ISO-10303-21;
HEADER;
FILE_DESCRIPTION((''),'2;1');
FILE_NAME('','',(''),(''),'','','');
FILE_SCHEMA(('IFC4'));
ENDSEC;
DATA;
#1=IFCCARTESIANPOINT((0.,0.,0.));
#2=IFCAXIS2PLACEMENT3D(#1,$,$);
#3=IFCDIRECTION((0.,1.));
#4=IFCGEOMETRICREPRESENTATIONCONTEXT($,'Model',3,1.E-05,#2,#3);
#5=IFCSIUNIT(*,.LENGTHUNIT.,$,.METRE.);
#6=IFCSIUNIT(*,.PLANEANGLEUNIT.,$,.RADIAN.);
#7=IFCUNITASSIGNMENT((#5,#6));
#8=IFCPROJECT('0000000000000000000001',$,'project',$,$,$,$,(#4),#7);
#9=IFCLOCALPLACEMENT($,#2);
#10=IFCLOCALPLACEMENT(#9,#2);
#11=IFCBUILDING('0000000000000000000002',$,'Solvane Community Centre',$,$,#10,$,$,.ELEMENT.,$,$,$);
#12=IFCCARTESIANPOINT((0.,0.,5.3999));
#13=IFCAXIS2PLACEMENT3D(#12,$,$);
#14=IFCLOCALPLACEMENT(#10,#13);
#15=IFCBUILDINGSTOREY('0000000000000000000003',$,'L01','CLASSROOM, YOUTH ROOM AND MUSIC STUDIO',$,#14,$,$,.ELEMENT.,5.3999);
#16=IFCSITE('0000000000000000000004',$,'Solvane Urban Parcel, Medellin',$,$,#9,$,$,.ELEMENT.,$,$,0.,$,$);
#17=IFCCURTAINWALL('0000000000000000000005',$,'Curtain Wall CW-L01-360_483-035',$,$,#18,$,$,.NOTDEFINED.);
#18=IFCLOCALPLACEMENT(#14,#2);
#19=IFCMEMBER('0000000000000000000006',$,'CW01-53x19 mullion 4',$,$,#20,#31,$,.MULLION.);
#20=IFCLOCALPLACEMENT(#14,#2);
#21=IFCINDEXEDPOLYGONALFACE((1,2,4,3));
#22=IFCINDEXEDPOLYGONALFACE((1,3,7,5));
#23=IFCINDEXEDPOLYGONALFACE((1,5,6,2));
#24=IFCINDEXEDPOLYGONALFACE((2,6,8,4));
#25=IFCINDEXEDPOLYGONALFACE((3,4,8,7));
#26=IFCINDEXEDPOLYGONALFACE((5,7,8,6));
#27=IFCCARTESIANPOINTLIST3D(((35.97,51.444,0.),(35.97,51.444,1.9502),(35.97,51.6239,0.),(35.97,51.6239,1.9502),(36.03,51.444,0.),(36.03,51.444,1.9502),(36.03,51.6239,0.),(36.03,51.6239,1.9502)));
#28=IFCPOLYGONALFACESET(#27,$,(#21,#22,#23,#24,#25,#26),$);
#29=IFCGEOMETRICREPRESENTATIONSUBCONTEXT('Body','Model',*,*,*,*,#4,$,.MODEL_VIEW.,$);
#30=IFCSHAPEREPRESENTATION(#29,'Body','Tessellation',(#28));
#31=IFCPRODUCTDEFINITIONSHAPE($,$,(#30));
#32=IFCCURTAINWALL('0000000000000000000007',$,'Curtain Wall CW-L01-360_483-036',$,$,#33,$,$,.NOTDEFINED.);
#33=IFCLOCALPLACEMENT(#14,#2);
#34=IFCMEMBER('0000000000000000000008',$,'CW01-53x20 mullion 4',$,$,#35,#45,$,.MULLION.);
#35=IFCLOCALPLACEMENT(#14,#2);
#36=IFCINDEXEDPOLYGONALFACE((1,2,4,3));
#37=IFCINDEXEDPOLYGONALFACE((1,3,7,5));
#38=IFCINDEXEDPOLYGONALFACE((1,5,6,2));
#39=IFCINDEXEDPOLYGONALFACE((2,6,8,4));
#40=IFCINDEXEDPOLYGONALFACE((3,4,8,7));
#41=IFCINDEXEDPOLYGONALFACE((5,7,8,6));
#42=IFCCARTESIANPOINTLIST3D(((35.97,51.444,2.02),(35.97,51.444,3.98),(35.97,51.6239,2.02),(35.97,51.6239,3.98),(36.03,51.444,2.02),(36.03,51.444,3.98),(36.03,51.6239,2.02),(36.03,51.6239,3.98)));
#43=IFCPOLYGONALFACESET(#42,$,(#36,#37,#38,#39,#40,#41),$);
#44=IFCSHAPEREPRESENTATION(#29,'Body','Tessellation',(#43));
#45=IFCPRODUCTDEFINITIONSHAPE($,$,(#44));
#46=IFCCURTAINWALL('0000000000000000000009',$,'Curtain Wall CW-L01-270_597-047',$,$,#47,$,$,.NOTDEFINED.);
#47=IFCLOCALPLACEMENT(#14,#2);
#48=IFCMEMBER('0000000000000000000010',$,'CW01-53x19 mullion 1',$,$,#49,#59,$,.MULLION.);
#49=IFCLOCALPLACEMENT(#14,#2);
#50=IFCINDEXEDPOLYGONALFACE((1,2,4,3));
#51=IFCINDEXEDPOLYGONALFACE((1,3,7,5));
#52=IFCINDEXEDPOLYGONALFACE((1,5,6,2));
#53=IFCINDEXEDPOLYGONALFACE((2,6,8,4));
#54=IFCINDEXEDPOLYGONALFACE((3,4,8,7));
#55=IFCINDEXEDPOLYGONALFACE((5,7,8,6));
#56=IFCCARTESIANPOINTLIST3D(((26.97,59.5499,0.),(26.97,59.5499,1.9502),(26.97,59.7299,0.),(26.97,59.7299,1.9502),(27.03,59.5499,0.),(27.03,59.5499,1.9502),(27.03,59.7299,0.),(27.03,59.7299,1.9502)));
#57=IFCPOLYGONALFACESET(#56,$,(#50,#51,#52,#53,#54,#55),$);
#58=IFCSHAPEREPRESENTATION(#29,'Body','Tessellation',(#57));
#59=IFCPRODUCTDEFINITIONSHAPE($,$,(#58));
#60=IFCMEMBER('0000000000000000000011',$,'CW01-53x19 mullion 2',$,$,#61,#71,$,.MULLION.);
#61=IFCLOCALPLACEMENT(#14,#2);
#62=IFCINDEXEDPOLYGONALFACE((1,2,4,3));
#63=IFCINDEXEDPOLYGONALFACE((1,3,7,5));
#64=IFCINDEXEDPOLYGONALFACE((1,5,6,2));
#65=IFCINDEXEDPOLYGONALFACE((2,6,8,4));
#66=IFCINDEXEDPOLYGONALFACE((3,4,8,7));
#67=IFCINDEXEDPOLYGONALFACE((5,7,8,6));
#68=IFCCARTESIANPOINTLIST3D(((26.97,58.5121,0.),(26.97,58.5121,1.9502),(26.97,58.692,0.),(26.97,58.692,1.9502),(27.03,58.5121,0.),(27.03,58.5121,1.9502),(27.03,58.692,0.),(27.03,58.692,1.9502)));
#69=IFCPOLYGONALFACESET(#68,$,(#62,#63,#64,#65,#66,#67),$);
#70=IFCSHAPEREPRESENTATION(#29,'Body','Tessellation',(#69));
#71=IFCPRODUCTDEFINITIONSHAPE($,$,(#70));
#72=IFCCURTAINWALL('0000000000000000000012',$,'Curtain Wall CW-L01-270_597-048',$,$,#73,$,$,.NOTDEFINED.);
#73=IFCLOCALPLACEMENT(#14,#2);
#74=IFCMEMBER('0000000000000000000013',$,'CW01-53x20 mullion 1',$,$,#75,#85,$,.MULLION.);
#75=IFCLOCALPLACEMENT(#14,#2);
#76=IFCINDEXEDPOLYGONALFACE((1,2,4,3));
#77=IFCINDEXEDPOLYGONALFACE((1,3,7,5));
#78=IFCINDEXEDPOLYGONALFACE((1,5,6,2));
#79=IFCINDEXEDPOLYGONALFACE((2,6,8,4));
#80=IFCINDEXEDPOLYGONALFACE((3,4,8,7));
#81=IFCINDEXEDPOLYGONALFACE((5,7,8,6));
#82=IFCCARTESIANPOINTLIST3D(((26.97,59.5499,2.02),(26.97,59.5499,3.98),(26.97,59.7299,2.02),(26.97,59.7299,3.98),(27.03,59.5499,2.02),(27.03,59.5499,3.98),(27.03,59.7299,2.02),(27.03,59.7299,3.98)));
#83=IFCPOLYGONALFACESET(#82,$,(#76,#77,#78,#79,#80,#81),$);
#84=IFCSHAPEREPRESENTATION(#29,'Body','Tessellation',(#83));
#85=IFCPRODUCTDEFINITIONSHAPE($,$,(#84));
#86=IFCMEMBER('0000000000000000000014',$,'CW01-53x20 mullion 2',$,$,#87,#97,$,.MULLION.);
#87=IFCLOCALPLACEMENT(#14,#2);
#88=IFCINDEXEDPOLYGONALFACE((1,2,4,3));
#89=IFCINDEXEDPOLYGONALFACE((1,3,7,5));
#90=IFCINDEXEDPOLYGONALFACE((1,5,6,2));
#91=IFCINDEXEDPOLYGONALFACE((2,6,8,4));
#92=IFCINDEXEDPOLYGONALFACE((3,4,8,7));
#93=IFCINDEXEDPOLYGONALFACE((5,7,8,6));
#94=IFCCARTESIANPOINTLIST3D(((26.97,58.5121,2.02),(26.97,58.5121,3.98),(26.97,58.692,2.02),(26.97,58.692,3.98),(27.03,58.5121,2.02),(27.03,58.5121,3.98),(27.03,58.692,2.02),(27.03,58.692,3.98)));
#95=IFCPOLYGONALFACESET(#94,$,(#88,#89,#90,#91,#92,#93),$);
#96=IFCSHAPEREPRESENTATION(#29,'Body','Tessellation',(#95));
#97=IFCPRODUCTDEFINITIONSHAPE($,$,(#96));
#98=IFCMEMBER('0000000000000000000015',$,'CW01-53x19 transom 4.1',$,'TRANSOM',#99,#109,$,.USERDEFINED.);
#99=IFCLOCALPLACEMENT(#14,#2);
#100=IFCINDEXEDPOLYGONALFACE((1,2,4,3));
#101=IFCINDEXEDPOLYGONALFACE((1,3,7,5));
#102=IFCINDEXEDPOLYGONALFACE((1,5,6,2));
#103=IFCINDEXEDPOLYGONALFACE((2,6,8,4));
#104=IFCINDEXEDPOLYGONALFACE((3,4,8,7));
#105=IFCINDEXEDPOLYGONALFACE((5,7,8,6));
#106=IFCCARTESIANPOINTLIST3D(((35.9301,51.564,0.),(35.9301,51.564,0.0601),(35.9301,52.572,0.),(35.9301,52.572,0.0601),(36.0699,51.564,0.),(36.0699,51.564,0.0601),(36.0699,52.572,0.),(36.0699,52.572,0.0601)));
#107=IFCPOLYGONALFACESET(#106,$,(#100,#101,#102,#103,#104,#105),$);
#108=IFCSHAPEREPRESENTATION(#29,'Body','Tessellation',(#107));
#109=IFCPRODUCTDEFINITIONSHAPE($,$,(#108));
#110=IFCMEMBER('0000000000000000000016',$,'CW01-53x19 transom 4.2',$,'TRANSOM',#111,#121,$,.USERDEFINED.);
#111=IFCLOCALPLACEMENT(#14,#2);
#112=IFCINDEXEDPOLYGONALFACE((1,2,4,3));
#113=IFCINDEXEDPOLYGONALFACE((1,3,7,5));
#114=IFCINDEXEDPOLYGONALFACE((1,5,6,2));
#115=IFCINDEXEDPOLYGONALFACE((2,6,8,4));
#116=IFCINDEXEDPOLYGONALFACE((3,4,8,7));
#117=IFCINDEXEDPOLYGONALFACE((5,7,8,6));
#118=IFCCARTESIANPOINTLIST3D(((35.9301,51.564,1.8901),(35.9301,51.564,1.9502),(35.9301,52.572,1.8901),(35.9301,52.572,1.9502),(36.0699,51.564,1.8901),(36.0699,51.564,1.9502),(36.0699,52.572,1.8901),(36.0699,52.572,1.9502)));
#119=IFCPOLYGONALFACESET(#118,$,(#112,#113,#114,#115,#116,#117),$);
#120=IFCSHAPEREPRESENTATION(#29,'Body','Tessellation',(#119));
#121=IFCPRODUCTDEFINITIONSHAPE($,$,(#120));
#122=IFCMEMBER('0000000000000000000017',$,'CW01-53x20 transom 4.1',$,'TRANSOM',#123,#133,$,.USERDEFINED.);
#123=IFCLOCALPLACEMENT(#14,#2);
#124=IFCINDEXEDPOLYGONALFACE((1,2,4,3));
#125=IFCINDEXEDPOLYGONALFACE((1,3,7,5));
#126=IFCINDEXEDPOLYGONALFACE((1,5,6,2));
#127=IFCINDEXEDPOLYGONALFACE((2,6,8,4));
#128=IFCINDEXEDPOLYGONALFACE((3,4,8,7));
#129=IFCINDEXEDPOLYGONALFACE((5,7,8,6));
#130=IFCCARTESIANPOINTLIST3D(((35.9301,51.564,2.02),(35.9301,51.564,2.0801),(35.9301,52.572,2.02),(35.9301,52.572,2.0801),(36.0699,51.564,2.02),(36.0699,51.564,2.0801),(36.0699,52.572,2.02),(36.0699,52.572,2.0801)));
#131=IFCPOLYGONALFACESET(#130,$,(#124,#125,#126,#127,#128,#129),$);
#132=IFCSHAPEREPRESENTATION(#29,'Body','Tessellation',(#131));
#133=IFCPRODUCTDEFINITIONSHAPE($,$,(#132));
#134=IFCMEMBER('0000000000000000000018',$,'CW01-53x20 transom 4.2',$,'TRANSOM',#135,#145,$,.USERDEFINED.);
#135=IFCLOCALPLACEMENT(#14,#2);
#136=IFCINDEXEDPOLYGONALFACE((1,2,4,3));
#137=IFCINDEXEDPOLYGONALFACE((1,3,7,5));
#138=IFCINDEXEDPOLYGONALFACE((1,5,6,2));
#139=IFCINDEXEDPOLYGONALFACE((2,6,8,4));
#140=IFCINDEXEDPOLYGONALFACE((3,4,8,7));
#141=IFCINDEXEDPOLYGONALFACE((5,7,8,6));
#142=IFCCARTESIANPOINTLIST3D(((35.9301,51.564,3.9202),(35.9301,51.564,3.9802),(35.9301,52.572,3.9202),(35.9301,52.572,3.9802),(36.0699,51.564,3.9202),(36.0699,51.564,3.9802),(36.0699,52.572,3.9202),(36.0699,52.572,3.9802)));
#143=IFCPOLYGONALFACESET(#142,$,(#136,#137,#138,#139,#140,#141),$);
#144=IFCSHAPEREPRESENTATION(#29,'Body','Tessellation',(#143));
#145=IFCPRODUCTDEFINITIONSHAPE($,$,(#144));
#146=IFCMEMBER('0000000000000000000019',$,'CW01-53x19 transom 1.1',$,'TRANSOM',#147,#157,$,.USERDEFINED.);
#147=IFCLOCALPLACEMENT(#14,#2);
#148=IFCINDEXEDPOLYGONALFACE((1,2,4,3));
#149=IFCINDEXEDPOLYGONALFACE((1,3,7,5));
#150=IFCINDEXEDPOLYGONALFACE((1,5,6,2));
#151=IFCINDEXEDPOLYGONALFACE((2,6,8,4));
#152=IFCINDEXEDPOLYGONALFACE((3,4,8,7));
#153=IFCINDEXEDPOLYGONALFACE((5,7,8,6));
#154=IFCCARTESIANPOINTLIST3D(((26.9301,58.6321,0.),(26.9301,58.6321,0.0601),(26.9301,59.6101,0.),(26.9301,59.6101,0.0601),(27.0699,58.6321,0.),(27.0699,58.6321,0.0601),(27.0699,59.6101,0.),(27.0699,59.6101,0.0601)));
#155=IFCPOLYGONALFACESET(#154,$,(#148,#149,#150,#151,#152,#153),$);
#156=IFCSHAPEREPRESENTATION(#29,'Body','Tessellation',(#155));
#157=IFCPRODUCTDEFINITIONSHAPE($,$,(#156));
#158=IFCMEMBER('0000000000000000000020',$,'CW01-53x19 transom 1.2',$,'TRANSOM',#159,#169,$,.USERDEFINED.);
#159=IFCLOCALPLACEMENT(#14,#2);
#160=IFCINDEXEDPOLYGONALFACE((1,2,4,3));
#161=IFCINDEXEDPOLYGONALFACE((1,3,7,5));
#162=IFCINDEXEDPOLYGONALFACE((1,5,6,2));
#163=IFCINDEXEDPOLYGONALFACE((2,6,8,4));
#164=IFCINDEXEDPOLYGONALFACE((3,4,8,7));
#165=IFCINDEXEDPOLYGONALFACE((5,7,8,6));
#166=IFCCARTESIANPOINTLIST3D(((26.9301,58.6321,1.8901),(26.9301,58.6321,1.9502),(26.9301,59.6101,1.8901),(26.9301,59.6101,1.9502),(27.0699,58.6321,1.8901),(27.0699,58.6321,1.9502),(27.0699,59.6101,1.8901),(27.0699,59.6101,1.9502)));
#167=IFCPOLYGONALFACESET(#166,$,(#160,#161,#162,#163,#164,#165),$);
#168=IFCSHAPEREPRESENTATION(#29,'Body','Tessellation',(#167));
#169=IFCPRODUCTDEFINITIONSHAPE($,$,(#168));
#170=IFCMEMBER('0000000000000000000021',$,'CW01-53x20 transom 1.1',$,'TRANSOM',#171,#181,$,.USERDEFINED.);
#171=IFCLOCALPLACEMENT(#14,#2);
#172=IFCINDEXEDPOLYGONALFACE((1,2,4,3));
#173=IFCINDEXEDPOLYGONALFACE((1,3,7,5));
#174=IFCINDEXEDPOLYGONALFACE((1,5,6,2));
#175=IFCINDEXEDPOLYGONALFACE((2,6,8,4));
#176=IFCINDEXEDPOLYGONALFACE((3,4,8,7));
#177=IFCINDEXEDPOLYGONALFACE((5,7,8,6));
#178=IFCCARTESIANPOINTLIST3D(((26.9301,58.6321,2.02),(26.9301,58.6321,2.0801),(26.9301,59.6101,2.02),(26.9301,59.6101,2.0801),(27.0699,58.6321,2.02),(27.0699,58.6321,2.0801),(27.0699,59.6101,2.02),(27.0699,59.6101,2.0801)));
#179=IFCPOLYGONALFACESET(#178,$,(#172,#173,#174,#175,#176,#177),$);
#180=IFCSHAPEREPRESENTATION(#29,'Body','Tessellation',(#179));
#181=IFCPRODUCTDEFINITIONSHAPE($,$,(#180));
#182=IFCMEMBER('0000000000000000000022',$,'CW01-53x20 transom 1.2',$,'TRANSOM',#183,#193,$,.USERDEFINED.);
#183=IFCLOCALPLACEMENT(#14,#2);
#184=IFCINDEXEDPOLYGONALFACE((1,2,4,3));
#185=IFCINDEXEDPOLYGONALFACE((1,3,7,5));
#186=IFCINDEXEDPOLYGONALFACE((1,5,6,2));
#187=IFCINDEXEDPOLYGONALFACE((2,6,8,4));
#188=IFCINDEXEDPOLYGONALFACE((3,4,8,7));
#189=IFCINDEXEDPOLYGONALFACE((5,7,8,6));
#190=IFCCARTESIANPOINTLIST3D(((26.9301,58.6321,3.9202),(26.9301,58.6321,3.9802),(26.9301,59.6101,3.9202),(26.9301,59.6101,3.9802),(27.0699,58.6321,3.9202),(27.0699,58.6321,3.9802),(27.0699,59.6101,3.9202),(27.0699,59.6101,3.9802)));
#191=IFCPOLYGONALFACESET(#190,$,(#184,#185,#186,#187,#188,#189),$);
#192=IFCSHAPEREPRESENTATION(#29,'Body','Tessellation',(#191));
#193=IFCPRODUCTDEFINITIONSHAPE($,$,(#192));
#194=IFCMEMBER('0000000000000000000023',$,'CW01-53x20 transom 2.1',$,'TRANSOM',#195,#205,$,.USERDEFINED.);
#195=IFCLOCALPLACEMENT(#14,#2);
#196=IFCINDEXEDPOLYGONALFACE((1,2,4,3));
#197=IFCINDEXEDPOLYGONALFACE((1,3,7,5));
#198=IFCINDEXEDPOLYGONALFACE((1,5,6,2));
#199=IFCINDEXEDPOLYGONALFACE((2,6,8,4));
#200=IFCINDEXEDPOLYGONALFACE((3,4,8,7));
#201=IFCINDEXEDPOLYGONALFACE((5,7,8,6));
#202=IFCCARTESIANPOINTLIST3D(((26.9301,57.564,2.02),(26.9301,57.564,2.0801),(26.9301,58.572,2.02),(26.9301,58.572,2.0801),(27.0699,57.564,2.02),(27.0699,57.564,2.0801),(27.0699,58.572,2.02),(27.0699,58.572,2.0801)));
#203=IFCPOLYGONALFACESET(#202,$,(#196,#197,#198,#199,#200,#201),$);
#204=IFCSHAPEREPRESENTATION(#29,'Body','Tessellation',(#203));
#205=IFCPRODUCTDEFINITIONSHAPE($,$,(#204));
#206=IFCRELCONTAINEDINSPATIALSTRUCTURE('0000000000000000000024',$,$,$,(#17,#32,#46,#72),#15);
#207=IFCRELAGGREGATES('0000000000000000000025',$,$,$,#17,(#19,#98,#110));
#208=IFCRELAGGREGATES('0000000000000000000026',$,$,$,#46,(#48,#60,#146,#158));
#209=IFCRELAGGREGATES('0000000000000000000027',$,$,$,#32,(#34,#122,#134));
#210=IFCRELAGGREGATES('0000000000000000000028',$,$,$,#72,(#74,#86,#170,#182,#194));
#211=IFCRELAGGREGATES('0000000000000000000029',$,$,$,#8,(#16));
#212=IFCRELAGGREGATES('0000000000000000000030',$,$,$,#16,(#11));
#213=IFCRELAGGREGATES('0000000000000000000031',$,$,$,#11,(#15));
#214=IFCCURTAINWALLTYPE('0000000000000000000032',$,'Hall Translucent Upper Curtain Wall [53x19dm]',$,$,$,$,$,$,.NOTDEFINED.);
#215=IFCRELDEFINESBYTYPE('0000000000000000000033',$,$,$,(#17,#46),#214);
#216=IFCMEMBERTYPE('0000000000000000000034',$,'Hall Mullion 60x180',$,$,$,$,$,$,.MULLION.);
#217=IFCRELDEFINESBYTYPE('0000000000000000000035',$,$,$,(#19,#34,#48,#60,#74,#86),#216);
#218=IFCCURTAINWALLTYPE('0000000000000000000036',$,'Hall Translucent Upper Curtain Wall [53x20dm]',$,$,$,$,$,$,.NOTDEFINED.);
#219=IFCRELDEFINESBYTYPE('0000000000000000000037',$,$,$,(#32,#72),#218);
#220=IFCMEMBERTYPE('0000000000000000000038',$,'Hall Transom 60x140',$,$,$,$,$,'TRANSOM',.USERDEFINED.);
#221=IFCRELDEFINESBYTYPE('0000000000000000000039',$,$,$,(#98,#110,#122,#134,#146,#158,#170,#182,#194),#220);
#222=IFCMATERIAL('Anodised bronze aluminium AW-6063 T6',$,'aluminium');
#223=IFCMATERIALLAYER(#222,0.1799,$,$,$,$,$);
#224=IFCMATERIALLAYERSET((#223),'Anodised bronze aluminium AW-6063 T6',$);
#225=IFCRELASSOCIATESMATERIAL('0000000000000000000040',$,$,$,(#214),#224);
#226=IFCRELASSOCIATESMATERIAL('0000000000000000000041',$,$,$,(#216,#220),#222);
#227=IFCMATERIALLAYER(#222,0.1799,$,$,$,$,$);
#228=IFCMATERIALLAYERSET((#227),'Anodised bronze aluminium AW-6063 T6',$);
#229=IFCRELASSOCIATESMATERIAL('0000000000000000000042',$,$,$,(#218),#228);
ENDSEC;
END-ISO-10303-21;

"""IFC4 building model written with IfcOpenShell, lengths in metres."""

from ifc_helpers import new_model, si_unit, direction, frame, origin, origin_2d, place, context, subcontext, project, spatial, rectangle, extrude, material, layer, layer_set, material_profile, profile_set, type_object, element, aggregate, save


model = new_model("IFC4")

# Units and contexts
model_context = context("Model", 3, precision=1e-05, world=origin(), true_north=direction((0.0, 1.0)))
body_context = subcontext(model_context, "Body", "Model", "MODEL_VIEW")
ifc_project = project(units=[si_unit("LENGTHUNIT", "METRE"), si_unit("PLANEANGLEUNIT", "RADIAN")], contexts=[model_context])

# Site, building, storey
site_placement = place(None, origin())
site = spatial("IfcSite", under=ifc_project, at=site_placement, Name="Solvane Urban Parcel, Medellin", CompositionType="ELEMENT", RefElevation=0.0)
building_placement = place(site_placement, origin())
building = spatial("IfcBuilding", under=site, at=building_placement, Name="Solvane Community Centre", CompositionType="ELEMENT")
storey_placement = place(building_placement, frame((0.0, 0.0, 5.3999)))
storey = spatial("IfcBuildingStorey", under=building, at=storey_placement, Name="L01", Description="CLASSROOM, YOUTH ROOM AND MUSIC STUDIO", CompositionType="ELEMENT", Elevation=5.3999)

# Curtain walls, members
ifc_material_1 = material(Name="Anodised bronze aluminium AW-6063 T6", Category="aluminium")
ifc_layer_1 = layer(ifc_material_1, 0.1799)
ifc_layer_set_1 = layer_set([ifc_layer_1], Name="Anodised bronze aluminium AW-6063 T6")
curtain_wall_type_1 = type_object("IfcCurtainWallType", Name="Hall Translucent Upper Curtain Wall [53x19dm]", PredefinedType="NOTDEFINED", material=ifc_layer_set_1)
curtain_wall_1_placement = place(storey_placement, origin())
curtain_wall_1 = element("IfcCurtainWall", 1, at=curtain_wall_1_placement, inside=storey, type_object=curtain_wall_type_1, Name="Curtain Wall CW-L01-360_483-035", PredefinedType="NOTDEFINED")
ifc_material_profile_1 = material_profile(ifc_material_1, rectangle(XDim=0.0601, YDim=0.1799, at=origin_2d()), Name="CW-M 60x180")
ifc_profile_set_1 = profile_set([ifc_material_profile_1], Name="Anodised bronze aluminium AW-6063 T6")
member_type_1 = type_object("IfcMemberType", Name="Hall Mullion 60x180", PredefinedType="MULLION", material=ifc_profile_set_1)
member_1_placement = place(storey_placement, frame((36.0, 51.5339, 0.0), z_axis=(0.0, 0.0, 1.0), x_axis=(-1.0, 0.0, 0.0)))
member_1 = element("IfcMember", 2, at=member_1_placement, type_object=member_type_1, Name="CW01-53x19 mullion 4", PredefinedType="MULLION", context=body_context, shape_type="SweptSolid", body=[
    extrude(rectangle(XDim=0.0601, YDim=0.1799, at=origin_2d()), origin(), (0.0, 0.0, 1.0), 1.9502),
])
ifc_layer_2 = layer(ifc_material_1, 0.1799)
ifc_layer_set_2 = layer_set([ifc_layer_2], Name="Anodised bronze aluminium AW-6063 T6")
curtain_wall_type_2 = type_object("IfcCurtainWallType", Name="Hall Translucent Upper Curtain Wall [53x20dm]", PredefinedType="NOTDEFINED", material=ifc_layer_set_2)
curtain_wall_2_placement = place(storey_placement, origin())
curtain_wall_2 = element("IfcCurtainWall", 3, at=curtain_wall_2_placement, inside=storey, type_object=curtain_wall_type_2, Name="Curtain Wall CW-L01-360_483-036", PredefinedType="NOTDEFINED")
member_2_placement = place(storey_placement, frame((36.0, 51.5339, 2.02), z_axis=(0.0, 0.0, 1.0), x_axis=(-1.0, 0.0, 0.0)))
member_2 = element("IfcMember", 4, at=member_2_placement, type_object=member_type_1, Name="CW01-53x20 mullion 4", PredefinedType="MULLION", context=body_context, shape_type="SweptSolid", body=[
    extrude(rectangle(XDim=0.0601, YDim=0.1799, at=origin_2d()), origin(), (0.0, 0.0, 1.0), 1.96),
])

# Curtain walls, members
curtain_wall_3_placement = place(storey_placement, origin())
curtain_wall_3 = element("IfcCurtainWall", 5, at=curtain_wall_3_placement, inside=storey, type_object=curtain_wall_type_1, Name="Curtain Wall CW-L01-270_597-047", PredefinedType="NOTDEFINED")
member_3_placement = place(storey_placement, frame((27.0, 59.6399, 0.0), z_axis=(0.0, 0.0, 1.0), x_axis=(1.0, 0.0, 0.0)))
member_3 = element("IfcMember", 6, at=member_3_placement, type_object=member_type_1, Name="CW01-53x19 mullion 1", PredefinedType="MULLION", context=body_context, shape_type="SweptSolid", body=[
    extrude(rectangle(XDim=0.0601, YDim=0.1799, at=origin_2d()), origin(), (0.0, 0.0, 1.0), 1.9502),
])
member_4_placement = place(storey_placement, frame((27.0, 58.6021, 0.0), z_axis=(0.0, 0.0, 1.0), x_axis=(1.0, 0.0, 0.0)))
member_4 = element("IfcMember", 7, at=member_4_placement, type_object=member_type_1, Name="CW01-53x19 mullion 2", PredefinedType="MULLION", context=body_context, shape_type="SweptSolid", body=[
    extrude(rectangle(XDim=0.0601, YDim=0.1799, at=origin_2d()), origin(), (0.0, 0.0, 1.0), 1.9502),
])
curtain_wall_4_placement = place(storey_placement, origin())
curtain_wall_4 = element("IfcCurtainWall", 8, at=curtain_wall_4_placement, inside=storey, type_object=curtain_wall_type_2, Name="Curtain Wall CW-L01-270_597-048", PredefinedType="NOTDEFINED")
member_5_placement = place(storey_placement, frame((27.0, 59.6399, 2.02), z_axis=(0.0, 0.0, 1.0), x_axis=(1.0, 0.0, 0.0)))
member_5 = element("IfcMember", 9, at=member_5_placement, type_object=member_type_1, Name="CW01-53x20 mullion 1", PredefinedType="MULLION", context=body_context, shape_type="SweptSolid", body=[
    extrude(rectangle(XDim=0.0601, YDim=0.1799, at=origin_2d()), origin(), (0.0, 0.0, 1.0), 1.96),
])
member_6_placement = place(storey_placement, frame((27.0, 58.6021, 2.02), z_axis=(0.0, 0.0, 1.0), x_axis=(1.0, 0.0, 0.0)))
member_6 = element("IfcMember", 10, at=member_6_placement, type_object=member_type_1, Name="CW01-53x20 mullion 2", PredefinedType="MULLION", context=body_context, shape_type="SweptSolid", body=[
    extrude(rectangle(XDim=0.0601, YDim=0.1799, at=origin_2d()), origin(), (0.0, 0.0, 1.0), 1.96),
])

# Members
ifc_material_profile_2 = material_profile(ifc_material_1, rectangle(XDim=0.1399, YDim=0.0601, at=origin_2d()), Name="CW-T 60x140")
ifc_profile_set_2 = profile_set([ifc_material_profile_2], Name="Anodised bronze aluminium AW-6063 T6")
member_type_2 = type_object("IfcMemberType", Name="Hall Transom 60x140", ElementType="TRANSOM", PredefinedType="USERDEFINED", material=ifc_profile_set_2)
member_7_placement = place(storey_placement, frame((36.0, 51.564, 0.03), z_axis=(0.0, 1.0, 0.0), x_axis=(-1.0, 0.0, 0.0)))
member_7 = element("IfcMember", 11, at=member_7_placement, type_object=member_type_2, Name="CW01-53x19 transom 4.1", ObjectType="TRANSOM", PredefinedType="USERDEFINED", context=body_context, shape_type="SweptSolid", body=[
    extrude(rectangle(XDim=0.1399, YDim=0.0601, at=origin_2d()), origin(), (0.0, 0.0, 1.0), 1.0081),
])
member_8_placement = place(storey_placement, frame((36.0, 51.564, 1.9202), z_axis=(0.0, 1.0, 0.0), x_axis=(-1.0, 0.0, 0.0)))
member_8 = element("IfcMember", 12, at=member_8_placement, type_object=member_type_2, Name="CW01-53x19 transom 4.2", ObjectType="TRANSOM", PredefinedType="USERDEFINED", context=body_context, shape_type="SweptSolid", body=[
    extrude(rectangle(XDim=0.1399, YDim=0.0601, at=origin_2d()), origin(), (0.0, 0.0, 1.0), 1.0081),
])
member_9_placement = place(storey_placement, frame((36.0, 51.564, 2.05), z_axis=(0.0, 1.0, 0.0), x_axis=(-1.0, 0.0, 0.0)))
member_9 = element("IfcMember", 13, at=member_9_placement, type_object=member_type_2, Name="CW01-53x20 transom 4.1", ObjectType="TRANSOM", PredefinedType="USERDEFINED", context=body_context, shape_type="SweptSolid", body=[
    extrude(rectangle(XDim=0.1399, YDim=0.0601, at=origin_2d()), origin(), (0.0, 0.0, 1.0), 1.0081),
])
member_10_placement = place(storey_placement, frame((36.0, 51.564, 3.9502), z_axis=(0.0, 1.0, 0.0), x_axis=(-1.0, 0.0, 0.0)))
member_10 = element("IfcMember", 14, at=member_10_placement, type_object=member_type_2, Name="CW01-53x20 transom 4.2", ObjectType="TRANSOM", PredefinedType="USERDEFINED", context=body_context, shape_type="SweptSolid", body=[
    extrude(rectangle(XDim=0.1399, YDim=0.0601, at=origin_2d()), origin(), (0.0, 0.0, 1.0), 1.0081),
])
member_11_placement = place(storey_placement, frame((27.0, 59.6101, 0.03), z_axis=(0.0, -1.0, 0.0), x_axis=(1.0, 0.0, 0.0)))
member_11 = element("IfcMember", 15, at=member_11_placement, type_object=member_type_2, Name="CW01-53x19 transom 1.1", ObjectType="TRANSOM", PredefinedType="USERDEFINED", context=body_context, shape_type="SweptSolid", body=[
    extrude(rectangle(XDim=0.1399, YDim=0.0601, at=origin_2d()), origin(), (0.0, 0.0, 1.0), 0.978),
])
member_12_placement = place(storey_placement, frame((27.0, 59.6101, 1.9202), z_axis=(0.0, -1.0, 0.0), x_axis=(1.0, 0.0, 0.0)))
member_12 = element("IfcMember", 16, at=member_12_placement, type_object=member_type_2, Name="CW01-53x19 transom 1.2", ObjectType="TRANSOM", PredefinedType="USERDEFINED", context=body_context, shape_type="SweptSolid", body=[
    extrude(rectangle(XDim=0.1399, YDim=0.0601, at=origin_2d()), origin(), (0.0, 0.0, 1.0), 0.978),
])
member_13_placement = place(storey_placement, frame((27.0, 59.6101, 2.05), z_axis=(0.0, -1.0, 0.0), x_axis=(1.0, 0.0, 0.0)))
member_13 = element("IfcMember", 17, at=member_13_placement, type_object=member_type_2, Name="CW01-53x20 transom 1.1", ObjectType="TRANSOM", PredefinedType="USERDEFINED", context=body_context, shape_type="SweptSolid", body=[
    extrude(rectangle(XDim=0.1399, YDim=0.0601, at=origin_2d()), origin(), (0.0, 0.0, 1.0), 0.978),
])
member_14_placement = place(storey_placement, frame((27.0, 59.6101, 3.9502), z_axis=(0.0, -1.0, 0.0), x_axis=(1.0, 0.0, 0.0)))
member_14 = element("IfcMember", 18, at=member_14_placement, type_object=member_type_2, Name="CW01-53x20 transom 1.2", ObjectType="TRANSOM", PredefinedType="USERDEFINED", context=body_context, shape_type="SweptSolid", body=[
    extrude(rectangle(XDim=0.1399, YDim=0.0601, at=origin_2d()), origin(), (0.0, 0.0, 1.0), 0.978),
])
member_15_placement = place(storey_placement, frame((27.0, 58.572, 2.05), z_axis=(0.0, -1.0, 0.0), x_axis=(1.0, 0.0, 0.0)))
member_15 = element("IfcMember", 19, at=member_15_placement, type_object=member_type_2, Name="CW01-53x20 transom 2.1", ObjectType="TRANSOM", PredefinedType="USERDEFINED", context=body_context, shape_type="SweptSolid", body=[
    extrude(rectangle(XDim=0.1399, YDim=0.0601, at=origin_2d()), origin(), (0.0, 0.0, 1.0), 1.0081),
])

aggregate(curtain_wall_1, [member_1, member_7, member_8])
aggregate(curtain_wall_3, [member_3, member_4, member_11, member_12])
aggregate(curtain_wall_2, [member_2, member_9, member_10])
aggregate(curtain_wall_4, [member_5, member_6, member_13, member_14, member_15])

save(model, "model.ifc")
